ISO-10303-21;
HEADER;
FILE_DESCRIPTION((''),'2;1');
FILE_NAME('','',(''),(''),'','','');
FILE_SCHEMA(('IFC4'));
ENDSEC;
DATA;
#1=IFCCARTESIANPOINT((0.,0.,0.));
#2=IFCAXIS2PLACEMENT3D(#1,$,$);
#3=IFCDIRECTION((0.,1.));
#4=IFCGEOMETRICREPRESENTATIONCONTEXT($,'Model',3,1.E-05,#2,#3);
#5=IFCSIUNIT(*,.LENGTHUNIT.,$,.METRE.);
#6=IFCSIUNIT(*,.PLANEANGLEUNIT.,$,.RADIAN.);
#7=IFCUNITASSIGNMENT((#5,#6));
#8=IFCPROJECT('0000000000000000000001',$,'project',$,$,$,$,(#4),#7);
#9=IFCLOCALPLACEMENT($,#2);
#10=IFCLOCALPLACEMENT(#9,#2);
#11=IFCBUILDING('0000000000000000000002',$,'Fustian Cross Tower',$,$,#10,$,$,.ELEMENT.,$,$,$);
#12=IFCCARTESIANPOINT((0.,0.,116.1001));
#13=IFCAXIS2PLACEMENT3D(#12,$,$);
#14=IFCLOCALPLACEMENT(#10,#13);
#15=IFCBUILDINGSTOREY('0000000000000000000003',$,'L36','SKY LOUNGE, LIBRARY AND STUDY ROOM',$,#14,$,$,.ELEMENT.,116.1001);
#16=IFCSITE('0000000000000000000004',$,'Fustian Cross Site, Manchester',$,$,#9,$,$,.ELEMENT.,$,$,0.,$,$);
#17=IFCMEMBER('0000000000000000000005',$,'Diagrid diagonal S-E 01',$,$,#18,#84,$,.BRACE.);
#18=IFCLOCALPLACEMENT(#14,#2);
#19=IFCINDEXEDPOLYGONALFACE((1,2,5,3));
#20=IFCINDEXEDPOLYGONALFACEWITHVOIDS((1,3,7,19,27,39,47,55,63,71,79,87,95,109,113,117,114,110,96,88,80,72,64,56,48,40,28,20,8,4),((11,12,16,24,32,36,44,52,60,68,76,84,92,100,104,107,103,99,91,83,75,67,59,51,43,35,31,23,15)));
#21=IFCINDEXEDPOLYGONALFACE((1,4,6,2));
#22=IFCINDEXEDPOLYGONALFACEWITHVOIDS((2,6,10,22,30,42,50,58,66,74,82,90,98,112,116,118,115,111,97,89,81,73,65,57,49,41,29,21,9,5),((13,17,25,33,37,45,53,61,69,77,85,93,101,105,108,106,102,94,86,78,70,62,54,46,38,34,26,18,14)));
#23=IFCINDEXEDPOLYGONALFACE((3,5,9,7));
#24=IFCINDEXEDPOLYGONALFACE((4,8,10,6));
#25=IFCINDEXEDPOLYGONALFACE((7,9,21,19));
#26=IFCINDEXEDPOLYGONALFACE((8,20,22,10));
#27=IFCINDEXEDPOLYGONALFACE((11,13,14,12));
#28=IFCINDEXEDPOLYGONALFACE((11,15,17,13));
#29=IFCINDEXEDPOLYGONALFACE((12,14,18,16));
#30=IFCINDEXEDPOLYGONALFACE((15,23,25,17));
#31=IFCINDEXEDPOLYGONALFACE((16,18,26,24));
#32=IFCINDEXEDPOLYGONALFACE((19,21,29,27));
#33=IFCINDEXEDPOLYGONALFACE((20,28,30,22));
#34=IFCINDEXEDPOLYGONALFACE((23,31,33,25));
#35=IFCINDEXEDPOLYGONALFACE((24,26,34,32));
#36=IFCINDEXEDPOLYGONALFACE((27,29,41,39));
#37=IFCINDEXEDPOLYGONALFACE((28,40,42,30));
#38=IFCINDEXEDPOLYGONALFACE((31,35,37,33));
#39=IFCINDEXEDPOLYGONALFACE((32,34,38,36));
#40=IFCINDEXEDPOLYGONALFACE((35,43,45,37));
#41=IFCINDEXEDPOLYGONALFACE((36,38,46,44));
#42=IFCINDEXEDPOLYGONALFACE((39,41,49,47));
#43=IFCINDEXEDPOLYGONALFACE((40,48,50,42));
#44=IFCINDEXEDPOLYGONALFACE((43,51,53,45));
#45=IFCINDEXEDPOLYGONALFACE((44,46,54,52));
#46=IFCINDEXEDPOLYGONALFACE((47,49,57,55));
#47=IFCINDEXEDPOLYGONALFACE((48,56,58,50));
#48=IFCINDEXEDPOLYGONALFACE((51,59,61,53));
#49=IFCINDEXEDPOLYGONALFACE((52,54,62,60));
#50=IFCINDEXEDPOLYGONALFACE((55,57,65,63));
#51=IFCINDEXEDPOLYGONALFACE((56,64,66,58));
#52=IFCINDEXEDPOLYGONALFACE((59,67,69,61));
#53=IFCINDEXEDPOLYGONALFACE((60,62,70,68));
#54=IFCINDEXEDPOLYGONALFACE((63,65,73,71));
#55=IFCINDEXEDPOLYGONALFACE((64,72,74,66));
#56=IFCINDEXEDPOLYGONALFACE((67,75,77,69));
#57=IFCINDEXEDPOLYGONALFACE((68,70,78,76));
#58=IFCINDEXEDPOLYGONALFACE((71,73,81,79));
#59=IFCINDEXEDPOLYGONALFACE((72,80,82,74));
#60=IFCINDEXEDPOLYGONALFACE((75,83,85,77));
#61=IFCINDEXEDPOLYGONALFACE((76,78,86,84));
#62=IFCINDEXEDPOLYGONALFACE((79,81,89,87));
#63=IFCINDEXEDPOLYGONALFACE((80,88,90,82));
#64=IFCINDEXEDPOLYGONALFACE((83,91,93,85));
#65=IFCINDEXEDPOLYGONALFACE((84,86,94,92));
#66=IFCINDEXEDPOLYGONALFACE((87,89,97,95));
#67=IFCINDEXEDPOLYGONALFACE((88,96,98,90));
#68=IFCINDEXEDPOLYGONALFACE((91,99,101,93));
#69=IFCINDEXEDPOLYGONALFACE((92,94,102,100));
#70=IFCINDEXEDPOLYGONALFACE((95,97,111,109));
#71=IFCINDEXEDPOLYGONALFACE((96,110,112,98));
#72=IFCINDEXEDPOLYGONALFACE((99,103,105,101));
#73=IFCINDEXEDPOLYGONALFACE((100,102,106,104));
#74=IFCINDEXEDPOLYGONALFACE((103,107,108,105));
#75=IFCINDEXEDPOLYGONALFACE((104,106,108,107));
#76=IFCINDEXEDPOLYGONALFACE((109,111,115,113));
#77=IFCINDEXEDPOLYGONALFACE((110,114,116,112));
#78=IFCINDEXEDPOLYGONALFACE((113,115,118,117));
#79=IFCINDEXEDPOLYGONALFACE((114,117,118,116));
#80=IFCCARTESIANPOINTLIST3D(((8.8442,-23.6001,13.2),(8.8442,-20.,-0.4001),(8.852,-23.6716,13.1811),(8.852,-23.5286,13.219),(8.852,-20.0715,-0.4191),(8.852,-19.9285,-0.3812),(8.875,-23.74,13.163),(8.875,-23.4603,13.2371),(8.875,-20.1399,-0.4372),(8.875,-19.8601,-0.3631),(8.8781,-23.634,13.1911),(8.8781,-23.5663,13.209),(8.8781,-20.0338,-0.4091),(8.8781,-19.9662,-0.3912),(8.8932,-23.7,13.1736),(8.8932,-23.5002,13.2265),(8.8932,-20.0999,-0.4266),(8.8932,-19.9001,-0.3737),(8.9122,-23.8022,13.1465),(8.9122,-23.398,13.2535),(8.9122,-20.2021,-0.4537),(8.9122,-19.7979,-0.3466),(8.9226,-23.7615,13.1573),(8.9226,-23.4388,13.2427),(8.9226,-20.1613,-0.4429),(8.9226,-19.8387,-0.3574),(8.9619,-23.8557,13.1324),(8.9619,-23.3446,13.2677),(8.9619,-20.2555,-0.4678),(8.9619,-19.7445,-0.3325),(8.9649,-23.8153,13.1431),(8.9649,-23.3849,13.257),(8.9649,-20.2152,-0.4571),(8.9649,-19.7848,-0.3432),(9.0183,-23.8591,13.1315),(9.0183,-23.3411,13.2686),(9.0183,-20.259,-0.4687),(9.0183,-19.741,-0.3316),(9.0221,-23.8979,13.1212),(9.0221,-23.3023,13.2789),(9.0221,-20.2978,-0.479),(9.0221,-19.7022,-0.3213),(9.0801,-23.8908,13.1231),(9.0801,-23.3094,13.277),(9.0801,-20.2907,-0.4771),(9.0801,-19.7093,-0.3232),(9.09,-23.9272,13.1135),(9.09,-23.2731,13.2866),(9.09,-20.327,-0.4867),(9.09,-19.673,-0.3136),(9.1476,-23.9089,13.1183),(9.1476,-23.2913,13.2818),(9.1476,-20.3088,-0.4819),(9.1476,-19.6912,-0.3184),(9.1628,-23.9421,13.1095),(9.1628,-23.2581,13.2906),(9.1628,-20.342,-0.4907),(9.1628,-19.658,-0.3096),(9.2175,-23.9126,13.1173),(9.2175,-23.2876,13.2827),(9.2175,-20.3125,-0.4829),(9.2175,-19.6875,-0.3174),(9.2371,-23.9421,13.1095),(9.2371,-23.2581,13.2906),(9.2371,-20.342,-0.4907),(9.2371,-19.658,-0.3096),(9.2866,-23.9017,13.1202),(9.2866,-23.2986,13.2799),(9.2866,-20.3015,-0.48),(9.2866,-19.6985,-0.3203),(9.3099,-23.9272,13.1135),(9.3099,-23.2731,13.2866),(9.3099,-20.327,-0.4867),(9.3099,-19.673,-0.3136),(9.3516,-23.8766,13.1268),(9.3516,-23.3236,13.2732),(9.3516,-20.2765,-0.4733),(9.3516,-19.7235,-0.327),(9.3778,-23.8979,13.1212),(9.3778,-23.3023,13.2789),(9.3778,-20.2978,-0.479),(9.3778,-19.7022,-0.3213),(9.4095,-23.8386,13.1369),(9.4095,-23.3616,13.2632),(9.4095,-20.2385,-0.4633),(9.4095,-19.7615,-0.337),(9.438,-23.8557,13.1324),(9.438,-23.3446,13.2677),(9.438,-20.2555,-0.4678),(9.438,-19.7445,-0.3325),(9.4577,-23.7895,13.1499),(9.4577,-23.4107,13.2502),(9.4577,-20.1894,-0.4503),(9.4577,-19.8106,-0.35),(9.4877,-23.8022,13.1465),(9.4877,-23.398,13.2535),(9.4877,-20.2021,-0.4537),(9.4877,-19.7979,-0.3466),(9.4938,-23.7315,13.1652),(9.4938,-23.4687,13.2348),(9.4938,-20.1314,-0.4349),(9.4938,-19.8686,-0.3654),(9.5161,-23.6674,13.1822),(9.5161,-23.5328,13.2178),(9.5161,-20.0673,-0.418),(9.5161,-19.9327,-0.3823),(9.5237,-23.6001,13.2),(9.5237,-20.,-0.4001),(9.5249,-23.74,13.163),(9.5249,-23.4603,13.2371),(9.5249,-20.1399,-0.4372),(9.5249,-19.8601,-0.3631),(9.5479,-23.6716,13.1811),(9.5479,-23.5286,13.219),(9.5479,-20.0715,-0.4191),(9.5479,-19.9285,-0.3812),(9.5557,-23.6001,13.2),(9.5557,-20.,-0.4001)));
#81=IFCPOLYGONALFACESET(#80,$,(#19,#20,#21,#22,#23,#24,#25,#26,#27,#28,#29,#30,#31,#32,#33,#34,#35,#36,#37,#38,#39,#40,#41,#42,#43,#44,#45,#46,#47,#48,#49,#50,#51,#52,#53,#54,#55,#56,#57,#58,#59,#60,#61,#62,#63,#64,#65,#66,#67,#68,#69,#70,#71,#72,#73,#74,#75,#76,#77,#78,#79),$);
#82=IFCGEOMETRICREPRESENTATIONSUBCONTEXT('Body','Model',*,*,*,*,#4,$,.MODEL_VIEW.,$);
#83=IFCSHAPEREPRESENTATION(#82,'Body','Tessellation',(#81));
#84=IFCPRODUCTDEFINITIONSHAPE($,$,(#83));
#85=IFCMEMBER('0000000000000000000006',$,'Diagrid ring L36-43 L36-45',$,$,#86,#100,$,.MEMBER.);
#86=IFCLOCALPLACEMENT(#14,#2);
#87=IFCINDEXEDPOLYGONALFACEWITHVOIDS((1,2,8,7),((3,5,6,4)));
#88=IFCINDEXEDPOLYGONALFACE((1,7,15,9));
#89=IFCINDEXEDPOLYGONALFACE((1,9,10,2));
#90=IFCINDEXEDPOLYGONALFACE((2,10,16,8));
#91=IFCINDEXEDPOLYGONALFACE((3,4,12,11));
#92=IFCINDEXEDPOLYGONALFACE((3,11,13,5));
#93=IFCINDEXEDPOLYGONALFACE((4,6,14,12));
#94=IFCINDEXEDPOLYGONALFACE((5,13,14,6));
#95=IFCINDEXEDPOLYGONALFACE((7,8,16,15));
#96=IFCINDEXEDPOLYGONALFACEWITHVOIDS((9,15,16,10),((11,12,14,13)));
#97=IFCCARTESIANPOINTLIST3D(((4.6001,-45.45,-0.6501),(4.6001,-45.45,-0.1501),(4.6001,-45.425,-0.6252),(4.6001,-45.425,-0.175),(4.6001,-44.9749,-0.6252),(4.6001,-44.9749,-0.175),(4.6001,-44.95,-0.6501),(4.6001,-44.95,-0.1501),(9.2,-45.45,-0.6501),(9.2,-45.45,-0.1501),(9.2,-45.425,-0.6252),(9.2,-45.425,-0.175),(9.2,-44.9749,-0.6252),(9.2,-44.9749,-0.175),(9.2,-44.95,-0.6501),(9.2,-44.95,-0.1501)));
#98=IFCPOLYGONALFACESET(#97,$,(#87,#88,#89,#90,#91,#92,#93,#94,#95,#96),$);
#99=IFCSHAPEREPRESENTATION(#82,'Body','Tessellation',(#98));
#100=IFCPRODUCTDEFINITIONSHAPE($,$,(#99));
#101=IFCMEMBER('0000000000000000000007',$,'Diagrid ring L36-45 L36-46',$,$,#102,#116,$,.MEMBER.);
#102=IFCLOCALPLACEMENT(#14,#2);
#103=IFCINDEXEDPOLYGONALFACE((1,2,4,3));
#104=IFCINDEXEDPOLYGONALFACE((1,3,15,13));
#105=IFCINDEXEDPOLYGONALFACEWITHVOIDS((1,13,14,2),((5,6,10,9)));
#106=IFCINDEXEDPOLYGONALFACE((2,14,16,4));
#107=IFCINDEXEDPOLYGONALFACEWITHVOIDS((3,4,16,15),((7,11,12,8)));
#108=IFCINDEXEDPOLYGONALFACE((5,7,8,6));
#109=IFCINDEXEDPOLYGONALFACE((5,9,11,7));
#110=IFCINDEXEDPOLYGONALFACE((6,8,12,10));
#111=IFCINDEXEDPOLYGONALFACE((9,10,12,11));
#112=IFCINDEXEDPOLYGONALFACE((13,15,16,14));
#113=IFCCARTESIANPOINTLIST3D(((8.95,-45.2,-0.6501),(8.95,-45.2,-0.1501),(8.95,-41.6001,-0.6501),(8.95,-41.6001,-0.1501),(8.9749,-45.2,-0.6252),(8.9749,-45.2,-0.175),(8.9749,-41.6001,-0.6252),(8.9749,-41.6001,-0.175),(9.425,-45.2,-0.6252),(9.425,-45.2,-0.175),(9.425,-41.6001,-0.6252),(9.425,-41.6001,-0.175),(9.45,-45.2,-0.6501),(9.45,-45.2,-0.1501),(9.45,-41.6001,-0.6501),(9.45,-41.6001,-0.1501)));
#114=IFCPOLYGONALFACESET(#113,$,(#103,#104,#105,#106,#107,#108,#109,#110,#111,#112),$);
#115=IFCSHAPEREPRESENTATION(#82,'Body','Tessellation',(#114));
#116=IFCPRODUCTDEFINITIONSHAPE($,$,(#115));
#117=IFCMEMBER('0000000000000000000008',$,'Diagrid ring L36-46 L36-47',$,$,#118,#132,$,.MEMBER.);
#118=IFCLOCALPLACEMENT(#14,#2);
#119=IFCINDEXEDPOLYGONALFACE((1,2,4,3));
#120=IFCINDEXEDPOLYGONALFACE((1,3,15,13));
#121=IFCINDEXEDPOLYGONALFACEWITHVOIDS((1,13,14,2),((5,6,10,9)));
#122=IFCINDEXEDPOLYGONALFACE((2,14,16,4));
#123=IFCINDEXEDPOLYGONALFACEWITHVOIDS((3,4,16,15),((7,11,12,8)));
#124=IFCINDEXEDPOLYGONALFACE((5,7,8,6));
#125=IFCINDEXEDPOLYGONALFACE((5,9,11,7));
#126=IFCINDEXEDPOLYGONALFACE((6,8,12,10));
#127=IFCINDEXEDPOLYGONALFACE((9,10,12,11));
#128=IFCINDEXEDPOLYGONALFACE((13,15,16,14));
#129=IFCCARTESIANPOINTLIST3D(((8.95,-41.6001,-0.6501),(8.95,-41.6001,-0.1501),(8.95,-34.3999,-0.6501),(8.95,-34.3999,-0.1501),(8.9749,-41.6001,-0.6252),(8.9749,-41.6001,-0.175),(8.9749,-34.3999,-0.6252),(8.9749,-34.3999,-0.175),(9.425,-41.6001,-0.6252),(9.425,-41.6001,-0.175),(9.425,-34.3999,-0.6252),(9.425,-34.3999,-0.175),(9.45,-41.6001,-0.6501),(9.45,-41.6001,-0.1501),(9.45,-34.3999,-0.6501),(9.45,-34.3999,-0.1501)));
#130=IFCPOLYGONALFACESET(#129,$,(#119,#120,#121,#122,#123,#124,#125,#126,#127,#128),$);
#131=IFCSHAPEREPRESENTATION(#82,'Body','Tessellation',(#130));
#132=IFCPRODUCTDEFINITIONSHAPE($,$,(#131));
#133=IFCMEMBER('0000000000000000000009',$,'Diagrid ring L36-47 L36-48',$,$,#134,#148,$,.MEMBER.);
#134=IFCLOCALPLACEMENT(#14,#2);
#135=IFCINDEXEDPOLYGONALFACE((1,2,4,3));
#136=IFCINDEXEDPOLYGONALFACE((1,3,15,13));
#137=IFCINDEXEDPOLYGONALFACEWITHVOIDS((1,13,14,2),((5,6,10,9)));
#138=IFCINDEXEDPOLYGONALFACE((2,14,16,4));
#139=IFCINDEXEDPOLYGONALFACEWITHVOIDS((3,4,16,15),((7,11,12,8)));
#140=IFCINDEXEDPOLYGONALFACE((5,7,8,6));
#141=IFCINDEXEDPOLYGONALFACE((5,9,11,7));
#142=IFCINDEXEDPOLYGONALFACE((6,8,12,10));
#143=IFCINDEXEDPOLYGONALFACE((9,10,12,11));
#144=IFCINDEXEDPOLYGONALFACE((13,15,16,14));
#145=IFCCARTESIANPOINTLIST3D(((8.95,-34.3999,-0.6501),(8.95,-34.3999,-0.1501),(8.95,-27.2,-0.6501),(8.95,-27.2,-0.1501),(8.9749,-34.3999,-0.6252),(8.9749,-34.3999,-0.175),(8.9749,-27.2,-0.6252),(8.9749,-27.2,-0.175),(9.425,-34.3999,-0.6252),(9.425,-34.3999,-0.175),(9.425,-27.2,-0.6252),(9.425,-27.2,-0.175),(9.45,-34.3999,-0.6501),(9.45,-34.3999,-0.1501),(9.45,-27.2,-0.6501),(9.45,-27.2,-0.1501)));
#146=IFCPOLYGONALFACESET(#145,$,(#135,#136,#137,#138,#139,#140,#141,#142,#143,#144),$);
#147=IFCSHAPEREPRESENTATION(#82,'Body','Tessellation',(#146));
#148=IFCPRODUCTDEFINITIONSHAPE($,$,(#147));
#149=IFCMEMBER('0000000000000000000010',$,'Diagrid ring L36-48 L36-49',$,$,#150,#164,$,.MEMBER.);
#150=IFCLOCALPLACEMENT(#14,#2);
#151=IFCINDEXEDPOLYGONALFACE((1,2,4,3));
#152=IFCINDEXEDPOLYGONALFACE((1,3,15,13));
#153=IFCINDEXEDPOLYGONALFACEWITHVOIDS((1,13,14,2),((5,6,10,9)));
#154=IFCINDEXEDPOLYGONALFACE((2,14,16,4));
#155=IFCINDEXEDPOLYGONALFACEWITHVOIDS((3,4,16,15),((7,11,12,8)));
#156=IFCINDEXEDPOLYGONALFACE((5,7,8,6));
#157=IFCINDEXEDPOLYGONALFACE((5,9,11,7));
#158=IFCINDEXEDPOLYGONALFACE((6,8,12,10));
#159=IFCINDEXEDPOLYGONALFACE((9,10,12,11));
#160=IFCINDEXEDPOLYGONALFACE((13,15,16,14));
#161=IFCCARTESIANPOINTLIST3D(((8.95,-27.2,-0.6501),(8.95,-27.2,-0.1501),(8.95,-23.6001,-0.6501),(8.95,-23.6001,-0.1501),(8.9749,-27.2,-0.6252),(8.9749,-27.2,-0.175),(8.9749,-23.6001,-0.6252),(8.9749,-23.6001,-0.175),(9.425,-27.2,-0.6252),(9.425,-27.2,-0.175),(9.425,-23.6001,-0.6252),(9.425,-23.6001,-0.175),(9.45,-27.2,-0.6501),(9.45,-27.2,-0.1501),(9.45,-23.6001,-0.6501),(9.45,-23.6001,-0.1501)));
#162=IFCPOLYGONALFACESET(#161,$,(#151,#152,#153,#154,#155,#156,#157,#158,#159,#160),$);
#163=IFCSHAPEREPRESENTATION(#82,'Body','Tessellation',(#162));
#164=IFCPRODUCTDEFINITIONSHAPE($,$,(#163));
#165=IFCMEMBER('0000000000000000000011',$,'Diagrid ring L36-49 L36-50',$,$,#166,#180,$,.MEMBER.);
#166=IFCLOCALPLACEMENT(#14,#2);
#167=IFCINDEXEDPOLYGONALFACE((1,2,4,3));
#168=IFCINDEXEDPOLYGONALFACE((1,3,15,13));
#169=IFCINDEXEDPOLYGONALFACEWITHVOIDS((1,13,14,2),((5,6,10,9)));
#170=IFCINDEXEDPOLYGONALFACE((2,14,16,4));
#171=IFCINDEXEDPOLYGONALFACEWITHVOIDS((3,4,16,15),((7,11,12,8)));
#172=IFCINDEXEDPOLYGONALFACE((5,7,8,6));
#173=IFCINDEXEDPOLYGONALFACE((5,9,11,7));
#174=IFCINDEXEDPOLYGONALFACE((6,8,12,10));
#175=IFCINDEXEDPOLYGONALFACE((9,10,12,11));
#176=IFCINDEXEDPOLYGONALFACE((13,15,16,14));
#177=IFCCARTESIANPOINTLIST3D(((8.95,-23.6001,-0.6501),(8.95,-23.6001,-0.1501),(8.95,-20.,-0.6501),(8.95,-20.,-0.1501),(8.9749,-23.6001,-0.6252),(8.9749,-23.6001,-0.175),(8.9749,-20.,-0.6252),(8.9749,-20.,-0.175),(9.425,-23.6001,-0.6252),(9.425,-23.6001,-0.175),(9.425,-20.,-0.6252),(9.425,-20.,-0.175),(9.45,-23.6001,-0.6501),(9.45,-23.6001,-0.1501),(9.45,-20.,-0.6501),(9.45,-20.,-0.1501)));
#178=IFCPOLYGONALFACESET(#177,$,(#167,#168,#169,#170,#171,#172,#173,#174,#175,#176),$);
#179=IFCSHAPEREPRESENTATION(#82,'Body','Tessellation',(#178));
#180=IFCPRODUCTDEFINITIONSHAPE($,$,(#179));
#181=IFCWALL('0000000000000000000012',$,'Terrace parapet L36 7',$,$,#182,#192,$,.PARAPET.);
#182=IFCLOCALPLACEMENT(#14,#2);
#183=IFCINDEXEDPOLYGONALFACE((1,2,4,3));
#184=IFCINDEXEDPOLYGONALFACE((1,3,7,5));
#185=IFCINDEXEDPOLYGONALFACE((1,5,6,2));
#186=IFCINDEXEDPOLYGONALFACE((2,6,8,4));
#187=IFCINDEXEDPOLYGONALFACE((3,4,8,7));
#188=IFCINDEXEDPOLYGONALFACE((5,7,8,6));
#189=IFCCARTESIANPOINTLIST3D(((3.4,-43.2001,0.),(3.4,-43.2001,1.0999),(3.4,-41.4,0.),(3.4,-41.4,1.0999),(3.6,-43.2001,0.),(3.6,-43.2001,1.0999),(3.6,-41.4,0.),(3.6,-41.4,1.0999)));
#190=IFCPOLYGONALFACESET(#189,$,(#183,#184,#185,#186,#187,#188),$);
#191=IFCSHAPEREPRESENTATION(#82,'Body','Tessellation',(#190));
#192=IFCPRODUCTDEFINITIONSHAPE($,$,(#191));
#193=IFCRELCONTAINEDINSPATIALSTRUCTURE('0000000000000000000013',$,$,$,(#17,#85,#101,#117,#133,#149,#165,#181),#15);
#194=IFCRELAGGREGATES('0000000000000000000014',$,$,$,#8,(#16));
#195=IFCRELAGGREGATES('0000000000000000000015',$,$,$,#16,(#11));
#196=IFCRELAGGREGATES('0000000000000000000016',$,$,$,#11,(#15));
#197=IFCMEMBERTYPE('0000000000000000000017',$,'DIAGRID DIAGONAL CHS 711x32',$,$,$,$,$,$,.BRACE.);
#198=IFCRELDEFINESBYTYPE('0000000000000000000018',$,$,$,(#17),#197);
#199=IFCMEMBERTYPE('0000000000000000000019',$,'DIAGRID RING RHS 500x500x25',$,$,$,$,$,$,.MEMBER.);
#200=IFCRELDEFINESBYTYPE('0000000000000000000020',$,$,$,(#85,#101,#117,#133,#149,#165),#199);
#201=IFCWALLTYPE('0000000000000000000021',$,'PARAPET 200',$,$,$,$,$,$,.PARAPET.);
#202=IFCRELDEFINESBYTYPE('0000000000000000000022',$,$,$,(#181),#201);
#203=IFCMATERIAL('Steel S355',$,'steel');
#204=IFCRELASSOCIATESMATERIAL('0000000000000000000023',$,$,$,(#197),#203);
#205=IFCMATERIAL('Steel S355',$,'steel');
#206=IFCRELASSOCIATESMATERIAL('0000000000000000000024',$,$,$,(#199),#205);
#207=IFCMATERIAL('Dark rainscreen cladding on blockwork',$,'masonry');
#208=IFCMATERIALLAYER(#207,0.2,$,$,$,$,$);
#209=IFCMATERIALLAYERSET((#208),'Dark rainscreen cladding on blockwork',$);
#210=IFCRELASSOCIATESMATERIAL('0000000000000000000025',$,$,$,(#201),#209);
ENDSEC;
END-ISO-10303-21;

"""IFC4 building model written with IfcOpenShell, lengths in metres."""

from ifc_helpers import new_model, si_unit, direction, frame, frame_2d, origin, origin_2d, place, context, subcontext, project, spatial, rectangle, hollow_rectangle, hollow_circle, extrude, material, layer, layer_set, material_profile, profile_set, type_object, element, save


model = new_model("IFC4")

# Units and contexts
model_context = context("Model", 3, precision=1e-05, world=origin(), true_north=direction((0.0, 1.0)))
body_context = subcontext(model_context, "Body", "Model", "MODEL_VIEW")
ifc_project = project(units=[si_unit("LENGTHUNIT", "METRE"), si_unit("PLANEANGLEUNIT", "RADIAN")], contexts=[model_context])

# Site, building, storey
site_placement = place(None, origin())
site = spatial("IfcSite", under=ifc_project, at=site_placement, Name="Fustian Cross Site, Manchester", CompositionType="ELEMENT", RefElevation=0.0)
building_placement = place(site_placement, origin())
building = spatial("IfcBuilding", under=site, at=building_placement, Name="Fustian Cross Tower", CompositionType="ELEMENT")
storey_placement = place(building_placement, frame((0.0, 0.0, 116.1001)))
storey = spatial("IfcBuildingStorey", under=building, at=storey_placement, Name="L36", Description="SKY LOUNGE, LIBRARY AND STUDY ROOM", CompositionType="ELEMENT", Elevation=116.1001)

# Members
ifc_material_1 = material(Name="Steel S355", Category="steel")
ifc_material_profile_1 = material_profile(ifc_material_1, hollow_circle(Radius=0.3557, WallThickness=0.032, at=origin_2d()), Name="CHS 711x32")
ifc_profile_set_1 = profile_set([ifc_material_profile_1], Name="Steel S355")
member_type_1 = type_object("IfcMemberType", Name="DIAGRID DIAGONAL CHS 711x32", PredefinedType="BRACE", material=ifc_profile_set_1)
member_1_placement = place(storey_placement, frame((9.2, -20.0, -0.4001), z_axis=(0.0, -0.255897, 0.966704), x_axis=(1.0, 0.0, 0.0)))
element("IfcMember", 1, at=member_1_placement, inside=storey, type_object=member_type_1, Name="Diagrid diagonal S-E 01", PredefinedType="BRACE", context=body_context, shape_type="SweptSolid", body=[
    extrude(hollow_circle(Radius=0.3557, WallThickness=0.032, at=origin_2d()), origin(), (0.0, 0.0, 1.0), 14.0686),
])
ifc_material_2 = material(Name="Steel S355", Category="steel")
ifc_material_profile_2 = material_profile(ifc_material_2, hollow_rectangle(XDim=0.5, YDim=0.5, WallThickness=0.0249, at=origin_2d()), Name="RHS 500x500x25")
ifc_profile_set_2 = profile_set([ifc_material_profile_2], Name="Steel S355")
member_type_2 = type_object("IfcMemberType", Name="DIAGRID RING RHS 500x500x25", PredefinedType="MEMBER", material=ifc_profile_set_2)
member_2_placement = place(storey_placement, frame((4.6001, -45.2, -0.4001), z_axis=(1.0, 0.0, 0.0), x_axis=(0.0, 1.0, 0.0)))
element("IfcMember", 2, at=member_2_placement, inside=storey, type_object=member_type_2, Name="Diagrid ring L36-43 L36-45", PredefinedType="MEMBER", context=body_context, shape_type="SweptSolid", body=[
    extrude(hollow_rectangle(XDim=0.5, YDim=0.5, WallThickness=0.0249, at=origin_2d()), origin(), (0.0, 0.0, 1.0), 4.5999),
])
member_3_placement = place(storey_placement, frame((9.2, -45.2, -0.4001), z_axis=(0.0, 1.0, 0.0), x_axis=(-1.0, 0.0, 0.0)))
element("IfcMember", 3, at=member_3_placement, inside=storey, type_object=member_type_2, Name="Diagrid ring L36-45 L36-46", PredefinedType="MEMBER", context=body_context, shape_type="SweptSolid", body=[
    extrude(hollow_rectangle(XDim=0.5, YDim=0.5, WallThickness=0.0249, at=origin_2d()), origin(), (0.0, 0.0, 1.0), 3.5999),
])
member_4_placement = place(storey_placement, frame((9.2, -41.6001, -0.4001), z_axis=(0.0, 1.0, 0.0), x_axis=(-1.0, 0.0, 0.0)))
element("IfcMember", 4, at=member_4_placement, inside=storey, type_object=member_type_2, Name="Diagrid ring L36-46 L36-47", PredefinedType="MEMBER", context=body_context, shape_type="SweptSolid", body=[
    extrude(hollow_rectangle(XDim=0.5, YDim=0.5, WallThickness=0.0249, at=origin_2d()), origin(), (0.0, 0.0, 1.0), 7.2002),
])
member_5_placement = place(storey_placement, frame((9.2, -34.3999, -0.4001), z_axis=(0.0, 1.0, 0.0), x_axis=(-1.0, 0.0, 0.0)))
element("IfcMember", 5, at=member_5_placement, inside=storey, type_object=member_type_2, Name="Diagrid ring L36-47 L36-48", PredefinedType="MEMBER", context=body_context, shape_type="SweptSolid", body=[
    extrude(hollow_rectangle(XDim=0.5, YDim=0.5, WallThickness=0.0249, at=origin_2d()), origin(), (0.0, 0.0, 1.0), 7.2),
])
member_6_placement = place(storey_placement, frame((9.2, -27.2, -0.4001), z_axis=(0.0, 1.0, 0.0), x_axis=(-1.0, 0.0, 0.0)))
element("IfcMember", 6, at=member_6_placement, inside=storey, type_object=member_type_2, Name="Diagrid ring L36-48 L36-49", PredefinedType="MEMBER", context=body_context, shape_type="SweptSolid", body=[
    extrude(hollow_rectangle(XDim=0.5, YDim=0.5, WallThickness=0.0249, at=origin_2d()), origin(), (0.0, 0.0, 1.0), 3.5999),
])
member_7_placement = place(storey_placement, frame((9.2, -23.6001, -0.4001), z_axis=(0.0, 1.0, 0.0), x_axis=(-1.0, 0.0, 0.0)))
element("IfcMember", 7, at=member_7_placement, inside=storey, type_object=member_type_2, Name="Diagrid ring L36-49 L36-50", PredefinedType="MEMBER", context=body_context, shape_type="SweptSolid", body=[
    extrude(hollow_rectangle(XDim=0.5, YDim=0.5, WallThickness=0.0249, at=origin_2d()), origin(), (0.0, 0.0, 1.0), 3.6001),
])

# Wall
ifc_material_3 = material(Name="Dark rainscreen cladding on blockwork", Category="masonry")
ifc_layer_1 = layer(ifc_material_3, 0.2)
ifc_layer_set_1 = layer_set([ifc_layer_1], Name="Dark rainscreen cladding on blockwork")
wall_type_1 = type_object("IfcWallType", Name="PARAPET 200", PredefinedType="PARAPET", material=ifc_layer_set_1)
for number, where, z_axis, x_axis, name in (
    (8, (3.5, -43.2, 0.0), (0.0, 0.0, 1.0), (0.0, 1.0, 0.0), "Terrace parapet L36 7"),
):
    element("IfcWall", number, at=place(storey_placement, frame(where, z_axis=z_axis, x_axis=x_axis)), inside=storey, type_object=wall_type_1, Name=name, PredefinedType="PARAPET", context=body_context, shape_type="SweptSolid", body=[
        extrude(rectangle(XDim=1.8, YDim=0.2, at=frame_2d((0.8999, 0.0))), origin(), (0.0, 0.0, 1.0), 1.0999),
    ])

save(model, "model.ifc")
